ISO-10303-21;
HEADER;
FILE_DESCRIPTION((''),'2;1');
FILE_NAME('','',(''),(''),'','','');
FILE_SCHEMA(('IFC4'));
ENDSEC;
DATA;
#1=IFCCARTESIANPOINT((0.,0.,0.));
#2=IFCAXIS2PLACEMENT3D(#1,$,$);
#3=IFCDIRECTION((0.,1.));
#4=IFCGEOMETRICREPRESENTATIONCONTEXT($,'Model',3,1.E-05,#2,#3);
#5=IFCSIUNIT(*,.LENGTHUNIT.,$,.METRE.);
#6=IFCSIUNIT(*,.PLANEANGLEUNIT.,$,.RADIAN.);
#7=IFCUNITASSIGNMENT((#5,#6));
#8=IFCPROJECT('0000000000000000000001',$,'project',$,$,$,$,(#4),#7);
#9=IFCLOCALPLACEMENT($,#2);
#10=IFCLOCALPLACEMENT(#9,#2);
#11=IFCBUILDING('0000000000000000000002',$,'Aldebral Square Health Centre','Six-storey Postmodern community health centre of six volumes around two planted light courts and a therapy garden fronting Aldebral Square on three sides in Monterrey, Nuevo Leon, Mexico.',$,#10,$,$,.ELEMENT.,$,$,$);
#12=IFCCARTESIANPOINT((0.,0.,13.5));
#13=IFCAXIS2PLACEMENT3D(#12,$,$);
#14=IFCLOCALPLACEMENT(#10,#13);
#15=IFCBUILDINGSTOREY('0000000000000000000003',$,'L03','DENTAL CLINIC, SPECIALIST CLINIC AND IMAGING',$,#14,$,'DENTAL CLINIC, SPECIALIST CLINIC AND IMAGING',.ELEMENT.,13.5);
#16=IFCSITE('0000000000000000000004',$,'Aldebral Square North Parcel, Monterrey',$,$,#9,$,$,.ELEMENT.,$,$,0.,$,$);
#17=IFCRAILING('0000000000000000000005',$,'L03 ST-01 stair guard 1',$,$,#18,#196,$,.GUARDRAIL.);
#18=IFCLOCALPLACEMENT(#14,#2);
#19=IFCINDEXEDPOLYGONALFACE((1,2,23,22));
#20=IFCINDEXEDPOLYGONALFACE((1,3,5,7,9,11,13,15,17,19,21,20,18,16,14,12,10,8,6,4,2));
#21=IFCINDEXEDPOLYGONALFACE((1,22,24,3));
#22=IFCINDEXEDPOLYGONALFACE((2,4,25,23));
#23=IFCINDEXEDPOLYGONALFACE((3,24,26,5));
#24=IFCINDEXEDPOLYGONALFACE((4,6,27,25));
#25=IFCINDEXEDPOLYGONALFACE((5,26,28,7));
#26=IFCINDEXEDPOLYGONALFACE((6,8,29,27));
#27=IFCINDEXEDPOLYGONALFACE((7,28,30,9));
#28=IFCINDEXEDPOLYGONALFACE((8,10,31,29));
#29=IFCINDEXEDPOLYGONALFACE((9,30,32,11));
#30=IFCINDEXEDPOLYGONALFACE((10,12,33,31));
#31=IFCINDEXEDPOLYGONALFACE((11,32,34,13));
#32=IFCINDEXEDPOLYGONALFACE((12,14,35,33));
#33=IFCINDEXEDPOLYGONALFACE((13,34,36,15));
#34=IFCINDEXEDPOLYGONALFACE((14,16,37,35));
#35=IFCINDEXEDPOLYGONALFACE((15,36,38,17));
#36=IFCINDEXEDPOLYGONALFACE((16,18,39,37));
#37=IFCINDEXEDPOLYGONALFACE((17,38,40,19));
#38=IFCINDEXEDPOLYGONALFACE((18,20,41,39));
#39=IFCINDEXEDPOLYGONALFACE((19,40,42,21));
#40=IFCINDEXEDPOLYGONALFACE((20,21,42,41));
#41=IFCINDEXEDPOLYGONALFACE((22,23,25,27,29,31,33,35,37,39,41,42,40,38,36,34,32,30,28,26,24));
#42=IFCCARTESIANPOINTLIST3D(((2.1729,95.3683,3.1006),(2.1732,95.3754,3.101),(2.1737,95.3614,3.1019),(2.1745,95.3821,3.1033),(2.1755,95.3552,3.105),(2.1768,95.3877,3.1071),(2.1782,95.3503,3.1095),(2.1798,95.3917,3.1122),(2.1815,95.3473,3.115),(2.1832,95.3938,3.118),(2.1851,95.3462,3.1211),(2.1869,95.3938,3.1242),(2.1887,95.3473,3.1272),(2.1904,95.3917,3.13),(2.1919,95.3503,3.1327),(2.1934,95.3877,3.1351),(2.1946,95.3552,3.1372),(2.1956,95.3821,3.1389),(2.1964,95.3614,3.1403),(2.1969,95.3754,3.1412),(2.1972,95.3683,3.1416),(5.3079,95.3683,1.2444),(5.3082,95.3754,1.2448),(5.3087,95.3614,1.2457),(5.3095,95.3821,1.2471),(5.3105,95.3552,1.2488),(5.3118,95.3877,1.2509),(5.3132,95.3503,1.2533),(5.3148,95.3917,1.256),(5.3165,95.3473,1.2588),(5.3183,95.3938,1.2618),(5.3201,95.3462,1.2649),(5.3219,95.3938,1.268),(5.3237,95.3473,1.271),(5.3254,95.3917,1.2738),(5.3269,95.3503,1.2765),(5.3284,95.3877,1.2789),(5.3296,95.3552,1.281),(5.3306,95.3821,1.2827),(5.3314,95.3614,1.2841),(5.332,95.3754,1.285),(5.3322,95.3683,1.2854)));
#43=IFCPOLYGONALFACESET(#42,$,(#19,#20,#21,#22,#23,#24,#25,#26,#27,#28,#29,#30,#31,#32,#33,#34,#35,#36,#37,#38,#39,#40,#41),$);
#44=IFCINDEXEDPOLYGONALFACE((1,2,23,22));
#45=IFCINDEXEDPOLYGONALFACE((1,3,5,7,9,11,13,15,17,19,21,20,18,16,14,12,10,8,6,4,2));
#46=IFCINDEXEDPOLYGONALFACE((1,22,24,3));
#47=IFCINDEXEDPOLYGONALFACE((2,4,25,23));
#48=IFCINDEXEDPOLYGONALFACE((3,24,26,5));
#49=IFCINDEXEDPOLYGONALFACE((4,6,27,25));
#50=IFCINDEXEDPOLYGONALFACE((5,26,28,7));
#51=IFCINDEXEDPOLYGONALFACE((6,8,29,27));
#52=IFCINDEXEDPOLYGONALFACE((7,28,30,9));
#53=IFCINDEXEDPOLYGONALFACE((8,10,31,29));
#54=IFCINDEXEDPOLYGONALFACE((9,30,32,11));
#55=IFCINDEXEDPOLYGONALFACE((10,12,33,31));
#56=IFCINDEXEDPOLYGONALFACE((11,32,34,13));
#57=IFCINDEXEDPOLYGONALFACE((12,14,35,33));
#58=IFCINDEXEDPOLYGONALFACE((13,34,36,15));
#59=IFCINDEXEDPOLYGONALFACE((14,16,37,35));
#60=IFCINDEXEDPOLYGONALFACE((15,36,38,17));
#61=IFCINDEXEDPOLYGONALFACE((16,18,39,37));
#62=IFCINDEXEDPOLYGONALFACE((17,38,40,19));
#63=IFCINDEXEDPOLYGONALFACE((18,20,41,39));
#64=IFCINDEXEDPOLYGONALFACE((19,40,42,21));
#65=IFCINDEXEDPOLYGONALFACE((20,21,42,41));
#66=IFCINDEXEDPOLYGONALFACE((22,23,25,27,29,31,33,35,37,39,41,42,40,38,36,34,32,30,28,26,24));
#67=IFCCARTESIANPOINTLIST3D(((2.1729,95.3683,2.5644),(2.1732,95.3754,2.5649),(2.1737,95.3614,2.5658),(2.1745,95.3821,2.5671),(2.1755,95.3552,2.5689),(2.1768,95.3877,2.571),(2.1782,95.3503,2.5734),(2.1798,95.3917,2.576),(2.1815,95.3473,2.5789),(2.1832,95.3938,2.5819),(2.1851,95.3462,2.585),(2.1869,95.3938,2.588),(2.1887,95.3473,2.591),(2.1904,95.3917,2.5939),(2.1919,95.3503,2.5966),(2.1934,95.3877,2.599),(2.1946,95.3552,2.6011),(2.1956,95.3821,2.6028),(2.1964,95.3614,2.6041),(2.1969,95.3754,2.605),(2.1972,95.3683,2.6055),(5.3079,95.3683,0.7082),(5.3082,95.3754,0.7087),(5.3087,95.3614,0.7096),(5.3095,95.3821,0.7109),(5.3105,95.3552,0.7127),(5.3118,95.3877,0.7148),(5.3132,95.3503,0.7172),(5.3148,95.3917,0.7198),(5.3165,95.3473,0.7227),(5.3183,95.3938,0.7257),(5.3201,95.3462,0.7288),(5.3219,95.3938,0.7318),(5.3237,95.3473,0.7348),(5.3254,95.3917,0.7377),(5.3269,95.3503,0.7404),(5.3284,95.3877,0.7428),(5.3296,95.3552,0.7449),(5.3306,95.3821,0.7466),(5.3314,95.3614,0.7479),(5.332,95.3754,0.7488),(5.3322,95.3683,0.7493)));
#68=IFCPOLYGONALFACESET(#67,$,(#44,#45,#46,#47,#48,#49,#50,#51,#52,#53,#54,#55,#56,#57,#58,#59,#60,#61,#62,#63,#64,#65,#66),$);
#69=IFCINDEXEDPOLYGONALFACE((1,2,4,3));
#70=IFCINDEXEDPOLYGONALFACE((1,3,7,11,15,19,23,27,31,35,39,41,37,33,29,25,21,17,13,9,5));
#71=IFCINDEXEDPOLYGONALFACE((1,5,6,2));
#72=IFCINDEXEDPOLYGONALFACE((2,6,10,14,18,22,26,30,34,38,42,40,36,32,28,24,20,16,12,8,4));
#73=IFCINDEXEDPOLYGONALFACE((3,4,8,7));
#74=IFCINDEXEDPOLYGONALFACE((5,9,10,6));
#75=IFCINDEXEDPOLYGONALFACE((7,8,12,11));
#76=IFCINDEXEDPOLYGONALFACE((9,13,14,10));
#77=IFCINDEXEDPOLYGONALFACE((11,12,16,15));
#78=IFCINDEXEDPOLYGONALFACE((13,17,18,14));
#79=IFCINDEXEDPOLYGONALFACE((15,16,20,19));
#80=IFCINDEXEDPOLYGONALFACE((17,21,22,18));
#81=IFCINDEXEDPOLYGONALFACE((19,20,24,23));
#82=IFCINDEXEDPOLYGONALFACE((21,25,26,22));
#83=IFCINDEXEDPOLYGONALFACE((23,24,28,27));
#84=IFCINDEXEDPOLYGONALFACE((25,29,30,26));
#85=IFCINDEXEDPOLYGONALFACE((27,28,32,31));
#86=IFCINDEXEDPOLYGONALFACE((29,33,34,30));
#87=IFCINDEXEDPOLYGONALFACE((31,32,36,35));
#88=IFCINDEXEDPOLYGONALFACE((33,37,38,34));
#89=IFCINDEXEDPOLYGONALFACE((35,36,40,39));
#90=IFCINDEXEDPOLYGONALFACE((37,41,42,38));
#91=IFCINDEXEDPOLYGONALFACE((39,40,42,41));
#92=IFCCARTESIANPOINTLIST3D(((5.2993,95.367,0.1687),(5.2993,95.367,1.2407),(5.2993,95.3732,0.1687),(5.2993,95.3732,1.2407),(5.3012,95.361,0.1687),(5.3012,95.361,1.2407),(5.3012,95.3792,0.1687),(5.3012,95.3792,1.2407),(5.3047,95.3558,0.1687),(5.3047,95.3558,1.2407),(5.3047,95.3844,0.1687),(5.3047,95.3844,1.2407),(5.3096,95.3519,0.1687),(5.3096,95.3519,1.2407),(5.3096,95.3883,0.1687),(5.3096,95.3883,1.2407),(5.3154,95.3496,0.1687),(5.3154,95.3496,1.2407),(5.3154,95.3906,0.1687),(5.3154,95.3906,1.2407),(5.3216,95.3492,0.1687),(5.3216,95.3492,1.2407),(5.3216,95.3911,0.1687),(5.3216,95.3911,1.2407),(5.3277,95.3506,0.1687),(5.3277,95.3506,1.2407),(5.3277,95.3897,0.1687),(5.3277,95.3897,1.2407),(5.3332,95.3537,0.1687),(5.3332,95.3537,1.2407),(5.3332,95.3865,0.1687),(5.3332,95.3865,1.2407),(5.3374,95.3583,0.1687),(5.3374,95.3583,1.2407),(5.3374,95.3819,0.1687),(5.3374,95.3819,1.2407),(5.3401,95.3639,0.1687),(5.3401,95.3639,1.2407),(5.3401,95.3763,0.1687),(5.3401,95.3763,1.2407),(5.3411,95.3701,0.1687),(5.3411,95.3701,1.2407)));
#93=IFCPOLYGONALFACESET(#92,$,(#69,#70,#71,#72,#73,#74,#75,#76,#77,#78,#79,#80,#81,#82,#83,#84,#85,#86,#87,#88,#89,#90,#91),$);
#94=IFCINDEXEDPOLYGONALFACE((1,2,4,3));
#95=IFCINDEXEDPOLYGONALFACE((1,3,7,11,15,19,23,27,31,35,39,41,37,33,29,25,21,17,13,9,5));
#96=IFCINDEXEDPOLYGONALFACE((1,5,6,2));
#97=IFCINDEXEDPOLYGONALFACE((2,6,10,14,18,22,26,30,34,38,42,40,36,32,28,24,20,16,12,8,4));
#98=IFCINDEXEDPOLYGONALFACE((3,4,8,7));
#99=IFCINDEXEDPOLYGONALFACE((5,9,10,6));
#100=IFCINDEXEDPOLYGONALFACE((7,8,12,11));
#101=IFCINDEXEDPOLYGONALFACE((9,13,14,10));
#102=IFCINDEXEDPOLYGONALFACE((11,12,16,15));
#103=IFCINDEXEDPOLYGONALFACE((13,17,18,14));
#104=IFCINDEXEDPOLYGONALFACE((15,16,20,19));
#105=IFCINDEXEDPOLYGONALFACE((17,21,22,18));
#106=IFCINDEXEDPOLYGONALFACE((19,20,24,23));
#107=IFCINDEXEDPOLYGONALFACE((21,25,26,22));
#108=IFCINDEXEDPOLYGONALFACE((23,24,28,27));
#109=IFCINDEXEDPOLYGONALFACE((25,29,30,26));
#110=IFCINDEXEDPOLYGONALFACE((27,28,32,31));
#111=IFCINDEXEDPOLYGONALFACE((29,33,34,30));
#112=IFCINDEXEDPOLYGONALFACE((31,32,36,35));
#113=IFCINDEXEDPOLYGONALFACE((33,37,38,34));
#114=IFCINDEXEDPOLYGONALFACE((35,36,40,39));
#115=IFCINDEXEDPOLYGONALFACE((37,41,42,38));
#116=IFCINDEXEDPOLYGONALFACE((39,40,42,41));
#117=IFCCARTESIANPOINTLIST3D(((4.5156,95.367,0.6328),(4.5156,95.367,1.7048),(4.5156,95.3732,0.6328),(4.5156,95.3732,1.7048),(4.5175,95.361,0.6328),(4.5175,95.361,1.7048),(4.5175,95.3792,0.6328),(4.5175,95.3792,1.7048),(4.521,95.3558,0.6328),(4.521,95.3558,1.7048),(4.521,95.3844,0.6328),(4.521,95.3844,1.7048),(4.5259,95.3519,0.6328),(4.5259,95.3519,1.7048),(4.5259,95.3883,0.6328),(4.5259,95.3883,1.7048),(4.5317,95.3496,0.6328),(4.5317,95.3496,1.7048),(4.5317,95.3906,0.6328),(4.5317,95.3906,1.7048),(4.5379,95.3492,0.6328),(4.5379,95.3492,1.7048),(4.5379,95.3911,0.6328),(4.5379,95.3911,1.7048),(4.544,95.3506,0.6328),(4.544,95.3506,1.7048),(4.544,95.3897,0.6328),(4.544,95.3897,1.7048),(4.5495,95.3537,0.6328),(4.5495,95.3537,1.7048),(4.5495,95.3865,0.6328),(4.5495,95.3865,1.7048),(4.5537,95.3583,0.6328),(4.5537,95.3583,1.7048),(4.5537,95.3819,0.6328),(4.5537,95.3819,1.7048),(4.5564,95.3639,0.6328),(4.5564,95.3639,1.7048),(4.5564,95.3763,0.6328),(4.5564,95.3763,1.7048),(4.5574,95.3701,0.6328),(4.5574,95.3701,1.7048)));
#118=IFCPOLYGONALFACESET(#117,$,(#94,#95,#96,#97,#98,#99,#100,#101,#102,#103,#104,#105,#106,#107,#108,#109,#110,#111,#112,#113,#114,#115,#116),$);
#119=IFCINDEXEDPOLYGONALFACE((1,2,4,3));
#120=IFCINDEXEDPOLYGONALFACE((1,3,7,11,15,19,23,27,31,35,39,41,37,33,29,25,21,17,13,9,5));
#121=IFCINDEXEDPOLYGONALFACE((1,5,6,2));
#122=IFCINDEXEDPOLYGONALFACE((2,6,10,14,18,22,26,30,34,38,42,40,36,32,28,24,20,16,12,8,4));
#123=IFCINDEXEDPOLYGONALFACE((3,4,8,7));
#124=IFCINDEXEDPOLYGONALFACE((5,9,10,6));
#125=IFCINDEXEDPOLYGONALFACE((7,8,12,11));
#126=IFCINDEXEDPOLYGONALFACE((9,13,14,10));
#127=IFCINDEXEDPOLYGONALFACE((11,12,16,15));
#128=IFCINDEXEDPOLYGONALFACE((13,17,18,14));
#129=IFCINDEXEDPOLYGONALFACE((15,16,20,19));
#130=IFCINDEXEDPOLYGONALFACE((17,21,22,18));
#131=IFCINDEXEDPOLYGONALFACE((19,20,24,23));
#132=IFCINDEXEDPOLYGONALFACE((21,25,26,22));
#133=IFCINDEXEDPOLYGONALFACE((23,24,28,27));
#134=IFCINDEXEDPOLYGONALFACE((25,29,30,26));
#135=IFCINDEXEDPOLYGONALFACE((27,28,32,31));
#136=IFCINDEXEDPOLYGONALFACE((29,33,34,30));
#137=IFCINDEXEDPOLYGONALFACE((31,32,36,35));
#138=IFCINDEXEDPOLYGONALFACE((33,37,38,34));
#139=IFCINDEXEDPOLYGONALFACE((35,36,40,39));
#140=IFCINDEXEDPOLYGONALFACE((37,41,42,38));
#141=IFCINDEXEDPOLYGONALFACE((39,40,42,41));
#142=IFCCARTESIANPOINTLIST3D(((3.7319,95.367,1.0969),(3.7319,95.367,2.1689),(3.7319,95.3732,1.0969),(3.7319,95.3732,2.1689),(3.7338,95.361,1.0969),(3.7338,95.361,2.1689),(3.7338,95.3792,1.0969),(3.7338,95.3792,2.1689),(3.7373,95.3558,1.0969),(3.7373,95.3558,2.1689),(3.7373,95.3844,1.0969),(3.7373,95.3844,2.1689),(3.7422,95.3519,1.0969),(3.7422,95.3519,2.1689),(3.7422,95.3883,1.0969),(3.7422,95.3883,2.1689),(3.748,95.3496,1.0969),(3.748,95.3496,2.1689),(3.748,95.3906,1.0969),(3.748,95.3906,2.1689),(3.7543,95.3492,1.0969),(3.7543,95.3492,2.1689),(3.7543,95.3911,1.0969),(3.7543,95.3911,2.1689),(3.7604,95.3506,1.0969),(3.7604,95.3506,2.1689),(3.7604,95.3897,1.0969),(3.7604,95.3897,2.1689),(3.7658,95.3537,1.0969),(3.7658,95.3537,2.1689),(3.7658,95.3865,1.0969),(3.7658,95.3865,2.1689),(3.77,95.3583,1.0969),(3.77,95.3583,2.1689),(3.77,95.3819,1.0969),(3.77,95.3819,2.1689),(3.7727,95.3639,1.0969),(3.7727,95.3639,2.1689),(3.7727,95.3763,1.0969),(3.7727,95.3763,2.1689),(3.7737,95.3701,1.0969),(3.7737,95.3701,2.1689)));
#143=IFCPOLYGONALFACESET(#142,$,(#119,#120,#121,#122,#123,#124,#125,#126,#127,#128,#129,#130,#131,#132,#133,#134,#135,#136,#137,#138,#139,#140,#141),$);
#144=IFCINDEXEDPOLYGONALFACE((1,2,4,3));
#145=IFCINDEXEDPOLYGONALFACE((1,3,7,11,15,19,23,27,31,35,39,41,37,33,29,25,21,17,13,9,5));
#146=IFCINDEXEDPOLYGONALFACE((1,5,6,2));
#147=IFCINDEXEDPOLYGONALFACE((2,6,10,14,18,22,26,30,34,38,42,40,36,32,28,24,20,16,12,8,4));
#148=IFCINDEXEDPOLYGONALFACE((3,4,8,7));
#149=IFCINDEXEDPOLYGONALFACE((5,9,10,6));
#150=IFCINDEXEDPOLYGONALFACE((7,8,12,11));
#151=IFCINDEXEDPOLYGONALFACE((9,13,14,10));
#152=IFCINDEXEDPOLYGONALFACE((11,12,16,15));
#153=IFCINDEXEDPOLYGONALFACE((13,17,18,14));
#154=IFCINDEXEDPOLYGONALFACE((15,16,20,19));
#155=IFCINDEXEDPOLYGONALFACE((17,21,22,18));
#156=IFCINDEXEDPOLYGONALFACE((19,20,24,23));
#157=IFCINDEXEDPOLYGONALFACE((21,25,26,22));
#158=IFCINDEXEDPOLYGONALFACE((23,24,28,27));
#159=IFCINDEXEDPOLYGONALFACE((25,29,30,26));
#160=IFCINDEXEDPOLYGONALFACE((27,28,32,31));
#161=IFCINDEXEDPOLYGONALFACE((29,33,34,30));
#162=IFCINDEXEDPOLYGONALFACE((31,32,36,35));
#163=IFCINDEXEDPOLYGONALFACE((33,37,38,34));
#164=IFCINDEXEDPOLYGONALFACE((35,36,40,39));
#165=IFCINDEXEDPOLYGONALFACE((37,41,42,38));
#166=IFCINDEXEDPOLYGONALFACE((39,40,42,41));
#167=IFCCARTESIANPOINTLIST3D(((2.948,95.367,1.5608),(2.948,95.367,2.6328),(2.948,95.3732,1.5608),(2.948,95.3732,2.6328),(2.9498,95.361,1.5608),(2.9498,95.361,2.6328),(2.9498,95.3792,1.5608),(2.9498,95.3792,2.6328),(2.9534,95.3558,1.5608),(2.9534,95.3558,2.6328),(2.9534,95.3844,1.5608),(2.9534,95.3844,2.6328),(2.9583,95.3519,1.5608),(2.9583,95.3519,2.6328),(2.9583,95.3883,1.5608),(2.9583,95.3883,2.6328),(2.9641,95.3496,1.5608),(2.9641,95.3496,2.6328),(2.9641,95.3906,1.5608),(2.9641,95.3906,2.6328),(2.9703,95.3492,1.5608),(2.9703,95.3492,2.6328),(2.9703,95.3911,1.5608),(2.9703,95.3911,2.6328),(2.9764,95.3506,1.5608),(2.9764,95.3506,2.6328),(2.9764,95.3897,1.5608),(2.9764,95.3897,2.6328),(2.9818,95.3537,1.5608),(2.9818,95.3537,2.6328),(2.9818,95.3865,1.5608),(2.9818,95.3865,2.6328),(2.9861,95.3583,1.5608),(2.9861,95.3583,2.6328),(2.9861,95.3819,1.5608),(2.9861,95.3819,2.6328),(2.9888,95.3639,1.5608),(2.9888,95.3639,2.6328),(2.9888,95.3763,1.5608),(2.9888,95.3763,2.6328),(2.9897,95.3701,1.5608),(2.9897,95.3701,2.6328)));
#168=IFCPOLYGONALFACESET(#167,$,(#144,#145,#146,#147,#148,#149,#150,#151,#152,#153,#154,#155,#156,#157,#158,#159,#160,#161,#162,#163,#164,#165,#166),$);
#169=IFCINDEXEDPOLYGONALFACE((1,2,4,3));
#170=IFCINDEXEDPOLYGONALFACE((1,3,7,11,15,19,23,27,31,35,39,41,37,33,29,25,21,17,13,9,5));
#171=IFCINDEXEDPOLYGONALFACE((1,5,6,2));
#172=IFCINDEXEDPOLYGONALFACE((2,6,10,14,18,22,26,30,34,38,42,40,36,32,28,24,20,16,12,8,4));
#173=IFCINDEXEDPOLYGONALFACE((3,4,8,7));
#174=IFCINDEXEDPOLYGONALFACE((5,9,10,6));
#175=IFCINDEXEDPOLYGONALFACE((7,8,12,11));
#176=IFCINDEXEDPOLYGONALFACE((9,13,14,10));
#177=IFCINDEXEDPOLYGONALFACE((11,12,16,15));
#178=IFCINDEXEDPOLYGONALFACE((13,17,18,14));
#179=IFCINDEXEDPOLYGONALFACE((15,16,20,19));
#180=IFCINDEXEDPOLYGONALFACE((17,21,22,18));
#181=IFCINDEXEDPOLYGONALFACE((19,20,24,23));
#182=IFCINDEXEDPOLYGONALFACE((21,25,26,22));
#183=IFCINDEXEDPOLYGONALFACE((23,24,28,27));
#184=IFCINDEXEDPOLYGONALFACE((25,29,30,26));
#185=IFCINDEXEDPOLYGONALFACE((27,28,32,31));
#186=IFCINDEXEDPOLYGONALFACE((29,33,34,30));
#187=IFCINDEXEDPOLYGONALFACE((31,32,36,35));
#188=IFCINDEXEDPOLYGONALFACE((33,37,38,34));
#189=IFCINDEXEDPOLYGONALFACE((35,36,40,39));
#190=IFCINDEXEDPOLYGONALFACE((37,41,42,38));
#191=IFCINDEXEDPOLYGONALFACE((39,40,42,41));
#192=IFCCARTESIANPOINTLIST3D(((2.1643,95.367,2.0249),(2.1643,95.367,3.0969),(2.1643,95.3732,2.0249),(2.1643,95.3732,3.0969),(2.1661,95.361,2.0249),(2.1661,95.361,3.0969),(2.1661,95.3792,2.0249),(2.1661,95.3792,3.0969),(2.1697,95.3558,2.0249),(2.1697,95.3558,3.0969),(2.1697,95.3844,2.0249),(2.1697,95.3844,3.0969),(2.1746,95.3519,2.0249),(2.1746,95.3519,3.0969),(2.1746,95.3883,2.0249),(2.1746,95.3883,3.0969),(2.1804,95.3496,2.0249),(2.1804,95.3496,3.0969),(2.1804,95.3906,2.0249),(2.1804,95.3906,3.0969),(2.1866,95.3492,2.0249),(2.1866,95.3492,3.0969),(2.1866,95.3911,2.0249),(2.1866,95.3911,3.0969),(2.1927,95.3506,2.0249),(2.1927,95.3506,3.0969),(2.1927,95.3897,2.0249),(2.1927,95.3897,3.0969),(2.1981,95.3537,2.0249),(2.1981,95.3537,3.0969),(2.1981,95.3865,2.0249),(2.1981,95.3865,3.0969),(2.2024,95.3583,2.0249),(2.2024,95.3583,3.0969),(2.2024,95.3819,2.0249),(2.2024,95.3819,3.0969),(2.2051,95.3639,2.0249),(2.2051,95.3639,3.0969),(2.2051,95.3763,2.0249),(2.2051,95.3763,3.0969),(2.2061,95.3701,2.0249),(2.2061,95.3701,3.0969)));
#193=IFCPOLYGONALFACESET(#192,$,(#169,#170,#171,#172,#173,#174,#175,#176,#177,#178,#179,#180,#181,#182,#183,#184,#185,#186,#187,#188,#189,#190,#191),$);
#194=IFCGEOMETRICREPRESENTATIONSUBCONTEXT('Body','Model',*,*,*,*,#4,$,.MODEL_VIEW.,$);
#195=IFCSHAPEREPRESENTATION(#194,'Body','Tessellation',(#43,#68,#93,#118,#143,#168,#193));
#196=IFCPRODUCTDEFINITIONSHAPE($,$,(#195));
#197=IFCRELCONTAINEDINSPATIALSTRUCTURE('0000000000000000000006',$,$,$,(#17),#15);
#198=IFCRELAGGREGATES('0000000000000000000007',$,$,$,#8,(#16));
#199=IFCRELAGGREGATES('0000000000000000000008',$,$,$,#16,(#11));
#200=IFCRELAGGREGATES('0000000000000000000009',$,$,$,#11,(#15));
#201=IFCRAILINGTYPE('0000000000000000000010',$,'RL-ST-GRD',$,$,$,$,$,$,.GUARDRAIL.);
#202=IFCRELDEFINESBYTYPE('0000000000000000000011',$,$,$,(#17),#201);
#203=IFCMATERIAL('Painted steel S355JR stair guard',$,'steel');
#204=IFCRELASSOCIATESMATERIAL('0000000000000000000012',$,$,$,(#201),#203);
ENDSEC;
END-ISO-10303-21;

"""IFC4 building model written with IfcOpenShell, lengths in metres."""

from ifc_helpers import new_model, si_unit, direction, frame, origin, origin_2d, place, context, subcontext, project, spatial, circle, extrude, material, type_object, element, save


model = new_model("IFC4")

# Units and contexts
model_context = context("Model", 3, precision=1e-05, world=origin(), true_north=direction((0.0, 1.0)))
body_context = subcontext(model_context, "Body", "Model", "MODEL_VIEW")
ifc_project = project(units=[si_unit("LENGTHUNIT", "METRE"), si_unit("PLANEANGLEUNIT", "RADIAN")], contexts=[model_context])

# Site, building, storey
site_placement = place(None, origin())
site = spatial("IfcSite", under=ifc_project, at=site_placement, Name="Aldebral Square North Parcel, Monterrey", CompositionType="ELEMENT", RefElevation=0.0)
building_placement = place(site_placement, origin())
building = spatial("IfcBuilding", under=site, at=building_placement, Name="Aldebral Square Health Centre", Description="Six-storey Postmodern community health centre of six volumes around two planted light courts and a therapy garden fronting Aldebral Square on three sides in Monterrey, Nuevo Leon, Mexico.", CompositionType="ELEMENT")
storey_placement = place(building_placement, frame((0.0, 0.0, 13.5)))
storey = spatial("IfcBuildingStorey", under=building, at=storey_placement, Name="L03", Description="DENTAL CLINIC, SPECIALIST CLINIC AND IMAGING", LongName="DENTAL CLINIC, SPECIALIST CLINIC AND IMAGING", CompositionType="ELEMENT", Elevation=13.5)

# Railing
ifc_material_1 = material(Name="Painted steel S355JR stair guard", Category="steel")
railing_type_1 = type_object("IfcRailingType", Name="RL-ST-GRD", PredefinedType="GUARDRAIL", material=ifc_material_1)
railing_1_placement = place(storey_placement, frame((5.3201, 95.3701, 0.1687)))
element("IfcRailing", 1, at=railing_1_placement, inside=storey, type_object=railing_type_1, Name="L03 ST-01 stair guard 1", PredefinedType="GUARDRAIL", context=body_context, shape_type="SweptSolid", body=[
    extrude(circle(Radius=0.0239, at=origin_2d()), frame((0.0, 0.0, 1.0962), z_axis=(-0.860482, 0.0, 0.509481), x_axis=(0.0, -1.0, 0.0)), (0.0, 0.0, 1.0), 3.6433),
    extrude(circle(Radius=0.0239, at=origin_2d()), frame((0.0, 0.0, 0.5601), z_axis=(-0.860482, 0.0, 0.509481), x_axis=(0.0, -1.0, 0.0)), (0.0, 0.0, 1.0), 3.6433),
    extrude(circle(Radius=0.021, at=origin_2d()), origin(), (0.0, 0.0, 1.0), 1.072),
    extrude(circle(Radius=0.021, at=origin_2d()), frame((-0.7837, 0.0, 0.4641)), (0.0, 0.0, 1.0), 1.072),
    extrude(circle(Radius=0.021, at=origin_2d()), frame((-1.5674, 0.0, 0.9282)), (0.0, 0.0, 1.0), 1.072),
    extrude(circle(Radius=0.021, at=origin_2d()), frame((-2.3513, 0.0, 1.3921)), (0.0, 0.0, 1.0), 1.072),
    extrude(circle(Radius=0.021, at=origin_2d()), frame((-3.135, 0.0, 1.8562)), (0.0, 0.0, 1.0), 1.072),
])

save(model, "model.ifc")
